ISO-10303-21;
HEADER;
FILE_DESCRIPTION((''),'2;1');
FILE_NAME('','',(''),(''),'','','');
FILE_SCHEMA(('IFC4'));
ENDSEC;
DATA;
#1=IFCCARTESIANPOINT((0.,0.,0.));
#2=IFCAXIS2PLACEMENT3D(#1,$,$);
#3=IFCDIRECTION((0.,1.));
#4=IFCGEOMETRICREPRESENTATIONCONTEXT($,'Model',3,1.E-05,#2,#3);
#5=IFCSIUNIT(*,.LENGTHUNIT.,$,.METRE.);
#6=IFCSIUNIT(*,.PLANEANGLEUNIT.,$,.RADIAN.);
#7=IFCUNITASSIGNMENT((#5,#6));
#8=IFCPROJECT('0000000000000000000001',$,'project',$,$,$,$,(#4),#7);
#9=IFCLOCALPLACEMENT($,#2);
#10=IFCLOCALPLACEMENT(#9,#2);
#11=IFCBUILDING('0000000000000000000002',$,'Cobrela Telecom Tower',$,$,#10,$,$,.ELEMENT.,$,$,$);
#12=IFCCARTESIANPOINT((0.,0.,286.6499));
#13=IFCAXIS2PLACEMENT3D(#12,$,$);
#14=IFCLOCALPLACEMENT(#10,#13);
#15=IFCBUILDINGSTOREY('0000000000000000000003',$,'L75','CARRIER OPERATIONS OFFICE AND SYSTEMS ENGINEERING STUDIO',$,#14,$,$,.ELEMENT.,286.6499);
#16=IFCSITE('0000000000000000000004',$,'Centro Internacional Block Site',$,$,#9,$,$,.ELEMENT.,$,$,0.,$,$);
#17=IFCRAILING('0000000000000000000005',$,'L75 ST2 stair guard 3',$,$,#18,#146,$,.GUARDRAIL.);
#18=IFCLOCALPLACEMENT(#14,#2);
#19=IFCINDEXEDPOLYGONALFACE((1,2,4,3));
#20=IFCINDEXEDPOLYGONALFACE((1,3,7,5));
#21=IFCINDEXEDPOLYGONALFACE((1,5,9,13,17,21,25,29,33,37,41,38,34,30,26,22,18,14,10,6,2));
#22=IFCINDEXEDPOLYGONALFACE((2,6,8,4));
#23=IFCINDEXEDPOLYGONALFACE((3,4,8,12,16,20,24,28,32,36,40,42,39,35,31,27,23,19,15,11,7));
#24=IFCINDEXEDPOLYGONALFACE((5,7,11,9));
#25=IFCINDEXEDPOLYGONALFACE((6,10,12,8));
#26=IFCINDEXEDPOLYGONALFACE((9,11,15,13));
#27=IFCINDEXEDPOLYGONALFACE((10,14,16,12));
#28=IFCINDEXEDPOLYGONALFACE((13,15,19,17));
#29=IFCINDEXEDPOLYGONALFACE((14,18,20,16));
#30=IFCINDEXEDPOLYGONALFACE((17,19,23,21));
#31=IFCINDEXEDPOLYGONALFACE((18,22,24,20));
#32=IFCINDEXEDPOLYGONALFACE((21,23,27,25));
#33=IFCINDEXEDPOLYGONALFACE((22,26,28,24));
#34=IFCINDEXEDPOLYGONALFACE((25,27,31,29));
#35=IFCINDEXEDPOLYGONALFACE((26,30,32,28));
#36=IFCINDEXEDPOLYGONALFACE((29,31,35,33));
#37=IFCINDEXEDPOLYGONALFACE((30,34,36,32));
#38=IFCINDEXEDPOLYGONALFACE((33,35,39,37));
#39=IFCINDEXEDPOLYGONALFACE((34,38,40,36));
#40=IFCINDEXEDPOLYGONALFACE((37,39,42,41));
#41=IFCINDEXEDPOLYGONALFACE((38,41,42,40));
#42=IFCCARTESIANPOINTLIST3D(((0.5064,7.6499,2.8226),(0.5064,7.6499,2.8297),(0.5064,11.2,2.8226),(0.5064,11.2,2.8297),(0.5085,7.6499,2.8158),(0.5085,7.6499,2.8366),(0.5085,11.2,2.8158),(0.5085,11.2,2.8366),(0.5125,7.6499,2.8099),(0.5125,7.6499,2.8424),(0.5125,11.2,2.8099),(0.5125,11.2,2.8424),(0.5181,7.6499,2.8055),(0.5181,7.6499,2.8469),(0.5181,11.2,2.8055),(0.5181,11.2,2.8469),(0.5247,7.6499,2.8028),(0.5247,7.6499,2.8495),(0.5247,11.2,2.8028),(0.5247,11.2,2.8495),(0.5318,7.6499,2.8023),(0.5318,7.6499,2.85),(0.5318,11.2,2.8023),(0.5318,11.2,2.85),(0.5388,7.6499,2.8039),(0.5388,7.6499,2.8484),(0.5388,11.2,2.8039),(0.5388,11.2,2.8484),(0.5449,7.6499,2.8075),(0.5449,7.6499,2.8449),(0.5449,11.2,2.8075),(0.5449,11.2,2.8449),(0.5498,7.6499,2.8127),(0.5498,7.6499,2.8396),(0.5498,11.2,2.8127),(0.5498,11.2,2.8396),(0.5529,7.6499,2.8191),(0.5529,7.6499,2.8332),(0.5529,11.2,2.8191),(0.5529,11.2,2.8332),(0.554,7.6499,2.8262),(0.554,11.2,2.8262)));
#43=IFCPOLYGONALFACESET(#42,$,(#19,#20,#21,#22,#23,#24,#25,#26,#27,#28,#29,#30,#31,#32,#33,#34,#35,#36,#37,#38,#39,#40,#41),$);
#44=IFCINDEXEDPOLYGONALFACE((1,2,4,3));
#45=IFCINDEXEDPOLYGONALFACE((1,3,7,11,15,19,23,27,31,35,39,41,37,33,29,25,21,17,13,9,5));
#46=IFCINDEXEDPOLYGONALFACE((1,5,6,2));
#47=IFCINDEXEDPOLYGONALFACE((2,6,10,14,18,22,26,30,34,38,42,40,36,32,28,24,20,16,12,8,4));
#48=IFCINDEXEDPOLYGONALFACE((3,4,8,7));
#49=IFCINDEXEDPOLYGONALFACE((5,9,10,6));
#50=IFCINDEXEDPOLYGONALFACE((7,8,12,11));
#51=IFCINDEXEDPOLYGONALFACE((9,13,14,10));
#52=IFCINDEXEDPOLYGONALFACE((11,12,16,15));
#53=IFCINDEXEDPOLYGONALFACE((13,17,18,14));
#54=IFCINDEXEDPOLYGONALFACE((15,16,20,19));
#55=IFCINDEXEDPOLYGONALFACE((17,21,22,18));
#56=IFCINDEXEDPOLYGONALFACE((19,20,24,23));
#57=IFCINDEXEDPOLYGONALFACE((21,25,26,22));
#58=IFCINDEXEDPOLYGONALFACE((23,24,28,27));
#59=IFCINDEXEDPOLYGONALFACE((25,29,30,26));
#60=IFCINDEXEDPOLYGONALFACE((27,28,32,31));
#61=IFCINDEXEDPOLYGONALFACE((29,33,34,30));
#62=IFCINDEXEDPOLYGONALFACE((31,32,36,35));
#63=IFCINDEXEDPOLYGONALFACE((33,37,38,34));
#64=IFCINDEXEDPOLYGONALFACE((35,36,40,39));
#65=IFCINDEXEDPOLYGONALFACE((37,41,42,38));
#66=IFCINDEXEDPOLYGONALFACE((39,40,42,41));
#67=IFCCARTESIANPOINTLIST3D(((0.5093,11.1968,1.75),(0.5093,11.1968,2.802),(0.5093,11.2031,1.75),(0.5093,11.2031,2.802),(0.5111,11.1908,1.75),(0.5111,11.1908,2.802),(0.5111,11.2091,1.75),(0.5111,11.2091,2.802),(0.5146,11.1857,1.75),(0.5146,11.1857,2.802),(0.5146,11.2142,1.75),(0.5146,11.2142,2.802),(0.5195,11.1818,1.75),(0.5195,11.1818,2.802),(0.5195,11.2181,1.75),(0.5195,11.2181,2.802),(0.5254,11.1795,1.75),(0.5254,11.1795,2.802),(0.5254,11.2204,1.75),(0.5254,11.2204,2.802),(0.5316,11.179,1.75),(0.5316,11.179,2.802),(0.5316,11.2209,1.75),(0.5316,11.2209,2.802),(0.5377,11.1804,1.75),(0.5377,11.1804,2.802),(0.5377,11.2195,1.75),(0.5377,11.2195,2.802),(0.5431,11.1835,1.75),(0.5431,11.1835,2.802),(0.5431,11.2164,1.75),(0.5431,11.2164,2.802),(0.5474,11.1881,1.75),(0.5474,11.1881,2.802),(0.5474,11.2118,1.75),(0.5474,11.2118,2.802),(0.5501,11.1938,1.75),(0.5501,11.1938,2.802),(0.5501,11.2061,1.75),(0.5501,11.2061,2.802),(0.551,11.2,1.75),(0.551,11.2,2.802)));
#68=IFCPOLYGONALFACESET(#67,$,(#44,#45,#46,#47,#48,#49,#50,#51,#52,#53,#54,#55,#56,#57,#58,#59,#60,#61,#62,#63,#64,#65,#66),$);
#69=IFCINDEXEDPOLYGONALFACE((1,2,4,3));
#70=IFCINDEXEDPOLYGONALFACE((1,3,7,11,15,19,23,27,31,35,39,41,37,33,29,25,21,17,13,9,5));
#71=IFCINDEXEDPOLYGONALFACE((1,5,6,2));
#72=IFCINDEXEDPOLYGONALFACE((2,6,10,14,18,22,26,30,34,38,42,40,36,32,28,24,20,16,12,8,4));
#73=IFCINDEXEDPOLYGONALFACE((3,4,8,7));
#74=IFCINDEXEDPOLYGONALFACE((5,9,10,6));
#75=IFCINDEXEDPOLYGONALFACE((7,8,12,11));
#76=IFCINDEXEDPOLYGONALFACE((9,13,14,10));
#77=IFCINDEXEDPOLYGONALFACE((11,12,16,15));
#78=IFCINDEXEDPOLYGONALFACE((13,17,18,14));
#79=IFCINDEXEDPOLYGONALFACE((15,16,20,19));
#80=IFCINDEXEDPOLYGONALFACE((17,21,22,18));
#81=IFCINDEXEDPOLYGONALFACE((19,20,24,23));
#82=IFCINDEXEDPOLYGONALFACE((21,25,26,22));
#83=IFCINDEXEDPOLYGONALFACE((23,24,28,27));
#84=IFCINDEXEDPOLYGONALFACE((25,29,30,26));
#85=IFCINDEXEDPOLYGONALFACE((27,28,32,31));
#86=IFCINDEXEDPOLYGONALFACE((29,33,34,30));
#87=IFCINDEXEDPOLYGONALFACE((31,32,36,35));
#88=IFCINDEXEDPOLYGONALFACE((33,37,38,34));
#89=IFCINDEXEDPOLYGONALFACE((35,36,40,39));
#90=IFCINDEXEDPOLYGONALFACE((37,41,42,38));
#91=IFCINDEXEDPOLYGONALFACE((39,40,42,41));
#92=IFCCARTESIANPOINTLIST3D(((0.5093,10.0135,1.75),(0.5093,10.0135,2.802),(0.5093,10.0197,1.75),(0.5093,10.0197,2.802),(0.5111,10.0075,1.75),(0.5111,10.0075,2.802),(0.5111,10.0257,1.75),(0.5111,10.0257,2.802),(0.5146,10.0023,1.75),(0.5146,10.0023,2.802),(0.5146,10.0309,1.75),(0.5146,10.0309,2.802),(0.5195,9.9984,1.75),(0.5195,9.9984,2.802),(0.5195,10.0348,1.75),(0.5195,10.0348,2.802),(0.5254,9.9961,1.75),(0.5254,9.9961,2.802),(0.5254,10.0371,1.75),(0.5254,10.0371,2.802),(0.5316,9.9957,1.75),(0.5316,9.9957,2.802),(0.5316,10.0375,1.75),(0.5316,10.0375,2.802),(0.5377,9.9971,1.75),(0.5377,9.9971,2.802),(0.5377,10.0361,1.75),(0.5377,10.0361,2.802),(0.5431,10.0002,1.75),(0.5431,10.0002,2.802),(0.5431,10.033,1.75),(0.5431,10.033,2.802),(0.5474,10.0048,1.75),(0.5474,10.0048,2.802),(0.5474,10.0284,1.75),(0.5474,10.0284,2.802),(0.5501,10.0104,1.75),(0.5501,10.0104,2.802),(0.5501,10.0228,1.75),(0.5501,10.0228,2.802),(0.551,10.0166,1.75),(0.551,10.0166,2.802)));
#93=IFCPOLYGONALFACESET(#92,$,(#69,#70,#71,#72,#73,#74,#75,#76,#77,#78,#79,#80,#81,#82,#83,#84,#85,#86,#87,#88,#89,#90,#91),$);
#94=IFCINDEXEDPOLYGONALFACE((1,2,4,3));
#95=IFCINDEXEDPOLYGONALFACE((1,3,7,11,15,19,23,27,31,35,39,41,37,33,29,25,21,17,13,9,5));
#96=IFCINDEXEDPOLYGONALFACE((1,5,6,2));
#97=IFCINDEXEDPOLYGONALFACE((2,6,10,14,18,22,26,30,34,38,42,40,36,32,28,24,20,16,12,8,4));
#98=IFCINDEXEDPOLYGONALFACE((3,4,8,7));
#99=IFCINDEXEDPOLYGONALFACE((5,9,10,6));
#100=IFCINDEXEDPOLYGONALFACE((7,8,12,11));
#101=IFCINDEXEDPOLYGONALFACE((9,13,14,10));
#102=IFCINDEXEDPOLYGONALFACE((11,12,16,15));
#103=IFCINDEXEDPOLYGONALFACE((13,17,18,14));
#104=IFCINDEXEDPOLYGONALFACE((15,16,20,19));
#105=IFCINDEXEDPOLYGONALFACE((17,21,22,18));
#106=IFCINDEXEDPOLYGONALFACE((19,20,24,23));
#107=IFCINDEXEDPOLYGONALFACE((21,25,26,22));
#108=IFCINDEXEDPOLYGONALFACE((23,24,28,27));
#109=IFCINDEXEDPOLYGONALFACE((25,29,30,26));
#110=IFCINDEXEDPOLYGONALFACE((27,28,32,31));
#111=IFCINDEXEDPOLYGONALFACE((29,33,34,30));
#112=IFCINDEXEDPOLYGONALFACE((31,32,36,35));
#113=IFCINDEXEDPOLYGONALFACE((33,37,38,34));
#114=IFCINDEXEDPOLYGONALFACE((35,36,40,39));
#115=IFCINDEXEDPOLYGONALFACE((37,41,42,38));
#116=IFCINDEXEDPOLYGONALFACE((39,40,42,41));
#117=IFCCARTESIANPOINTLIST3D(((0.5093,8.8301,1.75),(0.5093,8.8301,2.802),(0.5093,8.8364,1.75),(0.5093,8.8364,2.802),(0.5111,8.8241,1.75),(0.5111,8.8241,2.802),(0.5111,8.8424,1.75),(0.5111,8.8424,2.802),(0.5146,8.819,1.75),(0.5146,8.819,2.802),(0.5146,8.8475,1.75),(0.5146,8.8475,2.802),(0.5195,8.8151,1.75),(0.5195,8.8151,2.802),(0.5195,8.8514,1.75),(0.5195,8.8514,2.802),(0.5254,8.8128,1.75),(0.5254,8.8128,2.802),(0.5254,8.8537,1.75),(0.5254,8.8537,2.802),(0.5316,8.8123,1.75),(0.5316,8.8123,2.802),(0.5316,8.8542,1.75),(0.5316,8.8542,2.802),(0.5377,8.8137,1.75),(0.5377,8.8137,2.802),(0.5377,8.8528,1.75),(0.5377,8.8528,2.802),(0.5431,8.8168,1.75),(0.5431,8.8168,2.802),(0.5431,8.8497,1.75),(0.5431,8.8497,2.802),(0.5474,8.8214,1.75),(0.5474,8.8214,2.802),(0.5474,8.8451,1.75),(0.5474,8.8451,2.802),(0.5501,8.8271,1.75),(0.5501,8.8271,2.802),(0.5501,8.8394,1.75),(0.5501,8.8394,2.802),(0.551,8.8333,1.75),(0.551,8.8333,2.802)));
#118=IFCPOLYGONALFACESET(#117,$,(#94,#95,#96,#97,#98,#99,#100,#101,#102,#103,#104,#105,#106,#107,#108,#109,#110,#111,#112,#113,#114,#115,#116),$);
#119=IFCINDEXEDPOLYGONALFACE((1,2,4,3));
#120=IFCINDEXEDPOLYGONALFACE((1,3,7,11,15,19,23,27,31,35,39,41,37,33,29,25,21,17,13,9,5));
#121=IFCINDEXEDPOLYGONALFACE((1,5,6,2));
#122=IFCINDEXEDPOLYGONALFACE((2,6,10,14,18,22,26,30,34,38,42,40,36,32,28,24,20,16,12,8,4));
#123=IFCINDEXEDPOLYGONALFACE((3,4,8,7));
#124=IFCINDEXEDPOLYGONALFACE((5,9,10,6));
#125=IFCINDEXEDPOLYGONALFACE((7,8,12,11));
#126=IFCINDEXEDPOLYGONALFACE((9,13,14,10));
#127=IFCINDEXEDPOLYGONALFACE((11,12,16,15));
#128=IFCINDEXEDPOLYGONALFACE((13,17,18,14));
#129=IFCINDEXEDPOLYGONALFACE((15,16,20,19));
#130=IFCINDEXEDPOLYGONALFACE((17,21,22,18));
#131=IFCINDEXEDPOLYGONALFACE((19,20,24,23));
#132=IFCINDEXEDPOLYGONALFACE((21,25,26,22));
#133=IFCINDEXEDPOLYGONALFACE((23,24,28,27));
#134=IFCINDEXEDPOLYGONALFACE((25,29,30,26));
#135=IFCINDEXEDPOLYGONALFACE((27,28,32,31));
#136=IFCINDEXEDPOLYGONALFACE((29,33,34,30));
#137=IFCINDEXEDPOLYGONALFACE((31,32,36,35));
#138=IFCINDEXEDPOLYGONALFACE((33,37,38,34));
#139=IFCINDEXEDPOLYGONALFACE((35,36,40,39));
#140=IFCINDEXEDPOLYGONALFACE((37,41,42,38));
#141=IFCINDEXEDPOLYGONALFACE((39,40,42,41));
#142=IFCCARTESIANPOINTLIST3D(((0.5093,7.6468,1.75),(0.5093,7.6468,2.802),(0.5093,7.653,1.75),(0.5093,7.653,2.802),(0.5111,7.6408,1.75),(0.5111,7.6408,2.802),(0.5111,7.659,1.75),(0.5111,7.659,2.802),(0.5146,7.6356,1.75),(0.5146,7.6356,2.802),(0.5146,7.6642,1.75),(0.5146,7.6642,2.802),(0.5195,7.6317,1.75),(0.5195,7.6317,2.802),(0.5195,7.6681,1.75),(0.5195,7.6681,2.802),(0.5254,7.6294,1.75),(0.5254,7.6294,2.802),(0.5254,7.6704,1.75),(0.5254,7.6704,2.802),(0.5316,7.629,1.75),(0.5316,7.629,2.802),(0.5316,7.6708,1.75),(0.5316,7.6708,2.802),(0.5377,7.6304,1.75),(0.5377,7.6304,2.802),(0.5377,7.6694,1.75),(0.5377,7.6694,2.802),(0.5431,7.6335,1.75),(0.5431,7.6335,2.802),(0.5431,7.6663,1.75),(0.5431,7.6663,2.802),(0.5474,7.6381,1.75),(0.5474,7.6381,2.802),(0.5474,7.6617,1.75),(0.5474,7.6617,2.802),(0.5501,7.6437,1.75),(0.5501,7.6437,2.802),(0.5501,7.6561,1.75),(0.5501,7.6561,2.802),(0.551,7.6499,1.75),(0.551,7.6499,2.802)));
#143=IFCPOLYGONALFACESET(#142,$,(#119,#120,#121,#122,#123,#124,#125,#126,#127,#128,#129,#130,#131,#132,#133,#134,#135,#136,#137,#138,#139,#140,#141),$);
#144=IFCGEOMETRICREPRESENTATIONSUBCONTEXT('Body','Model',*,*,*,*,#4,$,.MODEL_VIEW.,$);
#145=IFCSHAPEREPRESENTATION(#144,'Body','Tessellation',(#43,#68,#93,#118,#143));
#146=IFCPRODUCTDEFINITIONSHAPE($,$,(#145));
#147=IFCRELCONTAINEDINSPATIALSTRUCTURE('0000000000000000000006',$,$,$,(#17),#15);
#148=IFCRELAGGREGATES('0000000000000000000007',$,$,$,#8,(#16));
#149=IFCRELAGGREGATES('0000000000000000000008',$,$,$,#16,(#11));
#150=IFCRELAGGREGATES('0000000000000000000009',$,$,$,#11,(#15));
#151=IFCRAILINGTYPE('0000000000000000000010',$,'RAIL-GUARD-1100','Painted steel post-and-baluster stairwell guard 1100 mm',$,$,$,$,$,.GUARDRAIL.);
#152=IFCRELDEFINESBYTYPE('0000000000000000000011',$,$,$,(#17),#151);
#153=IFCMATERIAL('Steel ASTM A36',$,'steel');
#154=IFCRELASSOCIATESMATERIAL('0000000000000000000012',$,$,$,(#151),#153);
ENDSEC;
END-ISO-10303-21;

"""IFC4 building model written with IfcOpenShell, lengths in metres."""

from ifc_helpers import new_model, si_unit, direction, frame, origin, origin_2d, place, context, subcontext, project, spatial, circle, extrude, material, type_object, element, save


model = new_model("IFC4")

# Units and contexts
model_context = context("Model", 3, precision=1e-05, world=origin(), true_north=direction((0.0, 1.0)))
body_context = subcontext(model_context, "Body", "Model", "MODEL_VIEW")
ifc_project = project(units=[si_unit("LENGTHUNIT", "METRE"), si_unit("PLANEANGLEUNIT", "RADIAN")], contexts=[model_context])

# Site, building, storey
site_placement = place(None, origin())
site = spatial("IfcSite", under=ifc_project, at=site_placement, Name="Centro Internacional Block Site", CompositionType="ELEMENT", RefElevation=0.0)
building_placement = place(site_placement, origin())
building = spatial("IfcBuilding", under=site, at=building_placement, Name="Cobrela Telecom Tower", CompositionType="ELEMENT")
storey_placement = place(building_placement, frame((0.0, 0.0, 286.6499)))
storey = spatial("IfcBuildingStorey", under=building, at=storey_placement, Name="L75", Description="CARRIER OPERATIONS OFFICE AND SYSTEMS ENGINEERING STUDIO", CompositionType="ELEMENT", Elevation=286.6499)

# Shared definitions
ifc_material_1 = material(Name="Steel ASTM A36", Category="steel")

# Railing
railing_type = type_object("IfcRailingType", Name="RAIL-GUARD-1100", Description="Painted steel post-and-baluster stairwell guard 1100 mm", PredefinedType="GUARDRAIL", material=ifc_material_1)
railing_1_placement = place(storey_placement, frame((0.53, 11.2, 1.75)))
element("IfcRailing", 1, at=railing_1_placement, inside=storey, type_object=railing_type, Name="L75 ST2 stair guard 3", PredefinedType="GUARDRAIL", context=body_context, shape_type="SweptSolid", body=[
    extrude(circle(Radius=0.0239, at=origin_2d()), frame((0.0, 0.0, 1.0762), z_axis=(0.0, -1.0, 0.0), x_axis=(1.0, 0.0, 0.0)), (0.0, 0.0, 1.0), 3.55),
    extrude(circle(Radius=0.021, at=origin_2d()), origin(), (0.0, 0.0, 1.0), 1.052),
    extrude(circle(Radius=0.021, at=origin_2d()), frame((0.0, -1.1833, 0.0)), (0.0, 0.0, 1.0), 1.052),
    extrude(circle(Radius=0.021, at=origin_2d()), frame((0.0, -2.3667, 0.0)), (0.0, 0.0, 1.0), 1.052),
    extrude(circle(Radius=0.021, at=origin_2d()), frame((0.0, -3.55, 0.0)), (0.0, 0.0, 1.0), 1.052),
])

save(model, "model.ifc")
